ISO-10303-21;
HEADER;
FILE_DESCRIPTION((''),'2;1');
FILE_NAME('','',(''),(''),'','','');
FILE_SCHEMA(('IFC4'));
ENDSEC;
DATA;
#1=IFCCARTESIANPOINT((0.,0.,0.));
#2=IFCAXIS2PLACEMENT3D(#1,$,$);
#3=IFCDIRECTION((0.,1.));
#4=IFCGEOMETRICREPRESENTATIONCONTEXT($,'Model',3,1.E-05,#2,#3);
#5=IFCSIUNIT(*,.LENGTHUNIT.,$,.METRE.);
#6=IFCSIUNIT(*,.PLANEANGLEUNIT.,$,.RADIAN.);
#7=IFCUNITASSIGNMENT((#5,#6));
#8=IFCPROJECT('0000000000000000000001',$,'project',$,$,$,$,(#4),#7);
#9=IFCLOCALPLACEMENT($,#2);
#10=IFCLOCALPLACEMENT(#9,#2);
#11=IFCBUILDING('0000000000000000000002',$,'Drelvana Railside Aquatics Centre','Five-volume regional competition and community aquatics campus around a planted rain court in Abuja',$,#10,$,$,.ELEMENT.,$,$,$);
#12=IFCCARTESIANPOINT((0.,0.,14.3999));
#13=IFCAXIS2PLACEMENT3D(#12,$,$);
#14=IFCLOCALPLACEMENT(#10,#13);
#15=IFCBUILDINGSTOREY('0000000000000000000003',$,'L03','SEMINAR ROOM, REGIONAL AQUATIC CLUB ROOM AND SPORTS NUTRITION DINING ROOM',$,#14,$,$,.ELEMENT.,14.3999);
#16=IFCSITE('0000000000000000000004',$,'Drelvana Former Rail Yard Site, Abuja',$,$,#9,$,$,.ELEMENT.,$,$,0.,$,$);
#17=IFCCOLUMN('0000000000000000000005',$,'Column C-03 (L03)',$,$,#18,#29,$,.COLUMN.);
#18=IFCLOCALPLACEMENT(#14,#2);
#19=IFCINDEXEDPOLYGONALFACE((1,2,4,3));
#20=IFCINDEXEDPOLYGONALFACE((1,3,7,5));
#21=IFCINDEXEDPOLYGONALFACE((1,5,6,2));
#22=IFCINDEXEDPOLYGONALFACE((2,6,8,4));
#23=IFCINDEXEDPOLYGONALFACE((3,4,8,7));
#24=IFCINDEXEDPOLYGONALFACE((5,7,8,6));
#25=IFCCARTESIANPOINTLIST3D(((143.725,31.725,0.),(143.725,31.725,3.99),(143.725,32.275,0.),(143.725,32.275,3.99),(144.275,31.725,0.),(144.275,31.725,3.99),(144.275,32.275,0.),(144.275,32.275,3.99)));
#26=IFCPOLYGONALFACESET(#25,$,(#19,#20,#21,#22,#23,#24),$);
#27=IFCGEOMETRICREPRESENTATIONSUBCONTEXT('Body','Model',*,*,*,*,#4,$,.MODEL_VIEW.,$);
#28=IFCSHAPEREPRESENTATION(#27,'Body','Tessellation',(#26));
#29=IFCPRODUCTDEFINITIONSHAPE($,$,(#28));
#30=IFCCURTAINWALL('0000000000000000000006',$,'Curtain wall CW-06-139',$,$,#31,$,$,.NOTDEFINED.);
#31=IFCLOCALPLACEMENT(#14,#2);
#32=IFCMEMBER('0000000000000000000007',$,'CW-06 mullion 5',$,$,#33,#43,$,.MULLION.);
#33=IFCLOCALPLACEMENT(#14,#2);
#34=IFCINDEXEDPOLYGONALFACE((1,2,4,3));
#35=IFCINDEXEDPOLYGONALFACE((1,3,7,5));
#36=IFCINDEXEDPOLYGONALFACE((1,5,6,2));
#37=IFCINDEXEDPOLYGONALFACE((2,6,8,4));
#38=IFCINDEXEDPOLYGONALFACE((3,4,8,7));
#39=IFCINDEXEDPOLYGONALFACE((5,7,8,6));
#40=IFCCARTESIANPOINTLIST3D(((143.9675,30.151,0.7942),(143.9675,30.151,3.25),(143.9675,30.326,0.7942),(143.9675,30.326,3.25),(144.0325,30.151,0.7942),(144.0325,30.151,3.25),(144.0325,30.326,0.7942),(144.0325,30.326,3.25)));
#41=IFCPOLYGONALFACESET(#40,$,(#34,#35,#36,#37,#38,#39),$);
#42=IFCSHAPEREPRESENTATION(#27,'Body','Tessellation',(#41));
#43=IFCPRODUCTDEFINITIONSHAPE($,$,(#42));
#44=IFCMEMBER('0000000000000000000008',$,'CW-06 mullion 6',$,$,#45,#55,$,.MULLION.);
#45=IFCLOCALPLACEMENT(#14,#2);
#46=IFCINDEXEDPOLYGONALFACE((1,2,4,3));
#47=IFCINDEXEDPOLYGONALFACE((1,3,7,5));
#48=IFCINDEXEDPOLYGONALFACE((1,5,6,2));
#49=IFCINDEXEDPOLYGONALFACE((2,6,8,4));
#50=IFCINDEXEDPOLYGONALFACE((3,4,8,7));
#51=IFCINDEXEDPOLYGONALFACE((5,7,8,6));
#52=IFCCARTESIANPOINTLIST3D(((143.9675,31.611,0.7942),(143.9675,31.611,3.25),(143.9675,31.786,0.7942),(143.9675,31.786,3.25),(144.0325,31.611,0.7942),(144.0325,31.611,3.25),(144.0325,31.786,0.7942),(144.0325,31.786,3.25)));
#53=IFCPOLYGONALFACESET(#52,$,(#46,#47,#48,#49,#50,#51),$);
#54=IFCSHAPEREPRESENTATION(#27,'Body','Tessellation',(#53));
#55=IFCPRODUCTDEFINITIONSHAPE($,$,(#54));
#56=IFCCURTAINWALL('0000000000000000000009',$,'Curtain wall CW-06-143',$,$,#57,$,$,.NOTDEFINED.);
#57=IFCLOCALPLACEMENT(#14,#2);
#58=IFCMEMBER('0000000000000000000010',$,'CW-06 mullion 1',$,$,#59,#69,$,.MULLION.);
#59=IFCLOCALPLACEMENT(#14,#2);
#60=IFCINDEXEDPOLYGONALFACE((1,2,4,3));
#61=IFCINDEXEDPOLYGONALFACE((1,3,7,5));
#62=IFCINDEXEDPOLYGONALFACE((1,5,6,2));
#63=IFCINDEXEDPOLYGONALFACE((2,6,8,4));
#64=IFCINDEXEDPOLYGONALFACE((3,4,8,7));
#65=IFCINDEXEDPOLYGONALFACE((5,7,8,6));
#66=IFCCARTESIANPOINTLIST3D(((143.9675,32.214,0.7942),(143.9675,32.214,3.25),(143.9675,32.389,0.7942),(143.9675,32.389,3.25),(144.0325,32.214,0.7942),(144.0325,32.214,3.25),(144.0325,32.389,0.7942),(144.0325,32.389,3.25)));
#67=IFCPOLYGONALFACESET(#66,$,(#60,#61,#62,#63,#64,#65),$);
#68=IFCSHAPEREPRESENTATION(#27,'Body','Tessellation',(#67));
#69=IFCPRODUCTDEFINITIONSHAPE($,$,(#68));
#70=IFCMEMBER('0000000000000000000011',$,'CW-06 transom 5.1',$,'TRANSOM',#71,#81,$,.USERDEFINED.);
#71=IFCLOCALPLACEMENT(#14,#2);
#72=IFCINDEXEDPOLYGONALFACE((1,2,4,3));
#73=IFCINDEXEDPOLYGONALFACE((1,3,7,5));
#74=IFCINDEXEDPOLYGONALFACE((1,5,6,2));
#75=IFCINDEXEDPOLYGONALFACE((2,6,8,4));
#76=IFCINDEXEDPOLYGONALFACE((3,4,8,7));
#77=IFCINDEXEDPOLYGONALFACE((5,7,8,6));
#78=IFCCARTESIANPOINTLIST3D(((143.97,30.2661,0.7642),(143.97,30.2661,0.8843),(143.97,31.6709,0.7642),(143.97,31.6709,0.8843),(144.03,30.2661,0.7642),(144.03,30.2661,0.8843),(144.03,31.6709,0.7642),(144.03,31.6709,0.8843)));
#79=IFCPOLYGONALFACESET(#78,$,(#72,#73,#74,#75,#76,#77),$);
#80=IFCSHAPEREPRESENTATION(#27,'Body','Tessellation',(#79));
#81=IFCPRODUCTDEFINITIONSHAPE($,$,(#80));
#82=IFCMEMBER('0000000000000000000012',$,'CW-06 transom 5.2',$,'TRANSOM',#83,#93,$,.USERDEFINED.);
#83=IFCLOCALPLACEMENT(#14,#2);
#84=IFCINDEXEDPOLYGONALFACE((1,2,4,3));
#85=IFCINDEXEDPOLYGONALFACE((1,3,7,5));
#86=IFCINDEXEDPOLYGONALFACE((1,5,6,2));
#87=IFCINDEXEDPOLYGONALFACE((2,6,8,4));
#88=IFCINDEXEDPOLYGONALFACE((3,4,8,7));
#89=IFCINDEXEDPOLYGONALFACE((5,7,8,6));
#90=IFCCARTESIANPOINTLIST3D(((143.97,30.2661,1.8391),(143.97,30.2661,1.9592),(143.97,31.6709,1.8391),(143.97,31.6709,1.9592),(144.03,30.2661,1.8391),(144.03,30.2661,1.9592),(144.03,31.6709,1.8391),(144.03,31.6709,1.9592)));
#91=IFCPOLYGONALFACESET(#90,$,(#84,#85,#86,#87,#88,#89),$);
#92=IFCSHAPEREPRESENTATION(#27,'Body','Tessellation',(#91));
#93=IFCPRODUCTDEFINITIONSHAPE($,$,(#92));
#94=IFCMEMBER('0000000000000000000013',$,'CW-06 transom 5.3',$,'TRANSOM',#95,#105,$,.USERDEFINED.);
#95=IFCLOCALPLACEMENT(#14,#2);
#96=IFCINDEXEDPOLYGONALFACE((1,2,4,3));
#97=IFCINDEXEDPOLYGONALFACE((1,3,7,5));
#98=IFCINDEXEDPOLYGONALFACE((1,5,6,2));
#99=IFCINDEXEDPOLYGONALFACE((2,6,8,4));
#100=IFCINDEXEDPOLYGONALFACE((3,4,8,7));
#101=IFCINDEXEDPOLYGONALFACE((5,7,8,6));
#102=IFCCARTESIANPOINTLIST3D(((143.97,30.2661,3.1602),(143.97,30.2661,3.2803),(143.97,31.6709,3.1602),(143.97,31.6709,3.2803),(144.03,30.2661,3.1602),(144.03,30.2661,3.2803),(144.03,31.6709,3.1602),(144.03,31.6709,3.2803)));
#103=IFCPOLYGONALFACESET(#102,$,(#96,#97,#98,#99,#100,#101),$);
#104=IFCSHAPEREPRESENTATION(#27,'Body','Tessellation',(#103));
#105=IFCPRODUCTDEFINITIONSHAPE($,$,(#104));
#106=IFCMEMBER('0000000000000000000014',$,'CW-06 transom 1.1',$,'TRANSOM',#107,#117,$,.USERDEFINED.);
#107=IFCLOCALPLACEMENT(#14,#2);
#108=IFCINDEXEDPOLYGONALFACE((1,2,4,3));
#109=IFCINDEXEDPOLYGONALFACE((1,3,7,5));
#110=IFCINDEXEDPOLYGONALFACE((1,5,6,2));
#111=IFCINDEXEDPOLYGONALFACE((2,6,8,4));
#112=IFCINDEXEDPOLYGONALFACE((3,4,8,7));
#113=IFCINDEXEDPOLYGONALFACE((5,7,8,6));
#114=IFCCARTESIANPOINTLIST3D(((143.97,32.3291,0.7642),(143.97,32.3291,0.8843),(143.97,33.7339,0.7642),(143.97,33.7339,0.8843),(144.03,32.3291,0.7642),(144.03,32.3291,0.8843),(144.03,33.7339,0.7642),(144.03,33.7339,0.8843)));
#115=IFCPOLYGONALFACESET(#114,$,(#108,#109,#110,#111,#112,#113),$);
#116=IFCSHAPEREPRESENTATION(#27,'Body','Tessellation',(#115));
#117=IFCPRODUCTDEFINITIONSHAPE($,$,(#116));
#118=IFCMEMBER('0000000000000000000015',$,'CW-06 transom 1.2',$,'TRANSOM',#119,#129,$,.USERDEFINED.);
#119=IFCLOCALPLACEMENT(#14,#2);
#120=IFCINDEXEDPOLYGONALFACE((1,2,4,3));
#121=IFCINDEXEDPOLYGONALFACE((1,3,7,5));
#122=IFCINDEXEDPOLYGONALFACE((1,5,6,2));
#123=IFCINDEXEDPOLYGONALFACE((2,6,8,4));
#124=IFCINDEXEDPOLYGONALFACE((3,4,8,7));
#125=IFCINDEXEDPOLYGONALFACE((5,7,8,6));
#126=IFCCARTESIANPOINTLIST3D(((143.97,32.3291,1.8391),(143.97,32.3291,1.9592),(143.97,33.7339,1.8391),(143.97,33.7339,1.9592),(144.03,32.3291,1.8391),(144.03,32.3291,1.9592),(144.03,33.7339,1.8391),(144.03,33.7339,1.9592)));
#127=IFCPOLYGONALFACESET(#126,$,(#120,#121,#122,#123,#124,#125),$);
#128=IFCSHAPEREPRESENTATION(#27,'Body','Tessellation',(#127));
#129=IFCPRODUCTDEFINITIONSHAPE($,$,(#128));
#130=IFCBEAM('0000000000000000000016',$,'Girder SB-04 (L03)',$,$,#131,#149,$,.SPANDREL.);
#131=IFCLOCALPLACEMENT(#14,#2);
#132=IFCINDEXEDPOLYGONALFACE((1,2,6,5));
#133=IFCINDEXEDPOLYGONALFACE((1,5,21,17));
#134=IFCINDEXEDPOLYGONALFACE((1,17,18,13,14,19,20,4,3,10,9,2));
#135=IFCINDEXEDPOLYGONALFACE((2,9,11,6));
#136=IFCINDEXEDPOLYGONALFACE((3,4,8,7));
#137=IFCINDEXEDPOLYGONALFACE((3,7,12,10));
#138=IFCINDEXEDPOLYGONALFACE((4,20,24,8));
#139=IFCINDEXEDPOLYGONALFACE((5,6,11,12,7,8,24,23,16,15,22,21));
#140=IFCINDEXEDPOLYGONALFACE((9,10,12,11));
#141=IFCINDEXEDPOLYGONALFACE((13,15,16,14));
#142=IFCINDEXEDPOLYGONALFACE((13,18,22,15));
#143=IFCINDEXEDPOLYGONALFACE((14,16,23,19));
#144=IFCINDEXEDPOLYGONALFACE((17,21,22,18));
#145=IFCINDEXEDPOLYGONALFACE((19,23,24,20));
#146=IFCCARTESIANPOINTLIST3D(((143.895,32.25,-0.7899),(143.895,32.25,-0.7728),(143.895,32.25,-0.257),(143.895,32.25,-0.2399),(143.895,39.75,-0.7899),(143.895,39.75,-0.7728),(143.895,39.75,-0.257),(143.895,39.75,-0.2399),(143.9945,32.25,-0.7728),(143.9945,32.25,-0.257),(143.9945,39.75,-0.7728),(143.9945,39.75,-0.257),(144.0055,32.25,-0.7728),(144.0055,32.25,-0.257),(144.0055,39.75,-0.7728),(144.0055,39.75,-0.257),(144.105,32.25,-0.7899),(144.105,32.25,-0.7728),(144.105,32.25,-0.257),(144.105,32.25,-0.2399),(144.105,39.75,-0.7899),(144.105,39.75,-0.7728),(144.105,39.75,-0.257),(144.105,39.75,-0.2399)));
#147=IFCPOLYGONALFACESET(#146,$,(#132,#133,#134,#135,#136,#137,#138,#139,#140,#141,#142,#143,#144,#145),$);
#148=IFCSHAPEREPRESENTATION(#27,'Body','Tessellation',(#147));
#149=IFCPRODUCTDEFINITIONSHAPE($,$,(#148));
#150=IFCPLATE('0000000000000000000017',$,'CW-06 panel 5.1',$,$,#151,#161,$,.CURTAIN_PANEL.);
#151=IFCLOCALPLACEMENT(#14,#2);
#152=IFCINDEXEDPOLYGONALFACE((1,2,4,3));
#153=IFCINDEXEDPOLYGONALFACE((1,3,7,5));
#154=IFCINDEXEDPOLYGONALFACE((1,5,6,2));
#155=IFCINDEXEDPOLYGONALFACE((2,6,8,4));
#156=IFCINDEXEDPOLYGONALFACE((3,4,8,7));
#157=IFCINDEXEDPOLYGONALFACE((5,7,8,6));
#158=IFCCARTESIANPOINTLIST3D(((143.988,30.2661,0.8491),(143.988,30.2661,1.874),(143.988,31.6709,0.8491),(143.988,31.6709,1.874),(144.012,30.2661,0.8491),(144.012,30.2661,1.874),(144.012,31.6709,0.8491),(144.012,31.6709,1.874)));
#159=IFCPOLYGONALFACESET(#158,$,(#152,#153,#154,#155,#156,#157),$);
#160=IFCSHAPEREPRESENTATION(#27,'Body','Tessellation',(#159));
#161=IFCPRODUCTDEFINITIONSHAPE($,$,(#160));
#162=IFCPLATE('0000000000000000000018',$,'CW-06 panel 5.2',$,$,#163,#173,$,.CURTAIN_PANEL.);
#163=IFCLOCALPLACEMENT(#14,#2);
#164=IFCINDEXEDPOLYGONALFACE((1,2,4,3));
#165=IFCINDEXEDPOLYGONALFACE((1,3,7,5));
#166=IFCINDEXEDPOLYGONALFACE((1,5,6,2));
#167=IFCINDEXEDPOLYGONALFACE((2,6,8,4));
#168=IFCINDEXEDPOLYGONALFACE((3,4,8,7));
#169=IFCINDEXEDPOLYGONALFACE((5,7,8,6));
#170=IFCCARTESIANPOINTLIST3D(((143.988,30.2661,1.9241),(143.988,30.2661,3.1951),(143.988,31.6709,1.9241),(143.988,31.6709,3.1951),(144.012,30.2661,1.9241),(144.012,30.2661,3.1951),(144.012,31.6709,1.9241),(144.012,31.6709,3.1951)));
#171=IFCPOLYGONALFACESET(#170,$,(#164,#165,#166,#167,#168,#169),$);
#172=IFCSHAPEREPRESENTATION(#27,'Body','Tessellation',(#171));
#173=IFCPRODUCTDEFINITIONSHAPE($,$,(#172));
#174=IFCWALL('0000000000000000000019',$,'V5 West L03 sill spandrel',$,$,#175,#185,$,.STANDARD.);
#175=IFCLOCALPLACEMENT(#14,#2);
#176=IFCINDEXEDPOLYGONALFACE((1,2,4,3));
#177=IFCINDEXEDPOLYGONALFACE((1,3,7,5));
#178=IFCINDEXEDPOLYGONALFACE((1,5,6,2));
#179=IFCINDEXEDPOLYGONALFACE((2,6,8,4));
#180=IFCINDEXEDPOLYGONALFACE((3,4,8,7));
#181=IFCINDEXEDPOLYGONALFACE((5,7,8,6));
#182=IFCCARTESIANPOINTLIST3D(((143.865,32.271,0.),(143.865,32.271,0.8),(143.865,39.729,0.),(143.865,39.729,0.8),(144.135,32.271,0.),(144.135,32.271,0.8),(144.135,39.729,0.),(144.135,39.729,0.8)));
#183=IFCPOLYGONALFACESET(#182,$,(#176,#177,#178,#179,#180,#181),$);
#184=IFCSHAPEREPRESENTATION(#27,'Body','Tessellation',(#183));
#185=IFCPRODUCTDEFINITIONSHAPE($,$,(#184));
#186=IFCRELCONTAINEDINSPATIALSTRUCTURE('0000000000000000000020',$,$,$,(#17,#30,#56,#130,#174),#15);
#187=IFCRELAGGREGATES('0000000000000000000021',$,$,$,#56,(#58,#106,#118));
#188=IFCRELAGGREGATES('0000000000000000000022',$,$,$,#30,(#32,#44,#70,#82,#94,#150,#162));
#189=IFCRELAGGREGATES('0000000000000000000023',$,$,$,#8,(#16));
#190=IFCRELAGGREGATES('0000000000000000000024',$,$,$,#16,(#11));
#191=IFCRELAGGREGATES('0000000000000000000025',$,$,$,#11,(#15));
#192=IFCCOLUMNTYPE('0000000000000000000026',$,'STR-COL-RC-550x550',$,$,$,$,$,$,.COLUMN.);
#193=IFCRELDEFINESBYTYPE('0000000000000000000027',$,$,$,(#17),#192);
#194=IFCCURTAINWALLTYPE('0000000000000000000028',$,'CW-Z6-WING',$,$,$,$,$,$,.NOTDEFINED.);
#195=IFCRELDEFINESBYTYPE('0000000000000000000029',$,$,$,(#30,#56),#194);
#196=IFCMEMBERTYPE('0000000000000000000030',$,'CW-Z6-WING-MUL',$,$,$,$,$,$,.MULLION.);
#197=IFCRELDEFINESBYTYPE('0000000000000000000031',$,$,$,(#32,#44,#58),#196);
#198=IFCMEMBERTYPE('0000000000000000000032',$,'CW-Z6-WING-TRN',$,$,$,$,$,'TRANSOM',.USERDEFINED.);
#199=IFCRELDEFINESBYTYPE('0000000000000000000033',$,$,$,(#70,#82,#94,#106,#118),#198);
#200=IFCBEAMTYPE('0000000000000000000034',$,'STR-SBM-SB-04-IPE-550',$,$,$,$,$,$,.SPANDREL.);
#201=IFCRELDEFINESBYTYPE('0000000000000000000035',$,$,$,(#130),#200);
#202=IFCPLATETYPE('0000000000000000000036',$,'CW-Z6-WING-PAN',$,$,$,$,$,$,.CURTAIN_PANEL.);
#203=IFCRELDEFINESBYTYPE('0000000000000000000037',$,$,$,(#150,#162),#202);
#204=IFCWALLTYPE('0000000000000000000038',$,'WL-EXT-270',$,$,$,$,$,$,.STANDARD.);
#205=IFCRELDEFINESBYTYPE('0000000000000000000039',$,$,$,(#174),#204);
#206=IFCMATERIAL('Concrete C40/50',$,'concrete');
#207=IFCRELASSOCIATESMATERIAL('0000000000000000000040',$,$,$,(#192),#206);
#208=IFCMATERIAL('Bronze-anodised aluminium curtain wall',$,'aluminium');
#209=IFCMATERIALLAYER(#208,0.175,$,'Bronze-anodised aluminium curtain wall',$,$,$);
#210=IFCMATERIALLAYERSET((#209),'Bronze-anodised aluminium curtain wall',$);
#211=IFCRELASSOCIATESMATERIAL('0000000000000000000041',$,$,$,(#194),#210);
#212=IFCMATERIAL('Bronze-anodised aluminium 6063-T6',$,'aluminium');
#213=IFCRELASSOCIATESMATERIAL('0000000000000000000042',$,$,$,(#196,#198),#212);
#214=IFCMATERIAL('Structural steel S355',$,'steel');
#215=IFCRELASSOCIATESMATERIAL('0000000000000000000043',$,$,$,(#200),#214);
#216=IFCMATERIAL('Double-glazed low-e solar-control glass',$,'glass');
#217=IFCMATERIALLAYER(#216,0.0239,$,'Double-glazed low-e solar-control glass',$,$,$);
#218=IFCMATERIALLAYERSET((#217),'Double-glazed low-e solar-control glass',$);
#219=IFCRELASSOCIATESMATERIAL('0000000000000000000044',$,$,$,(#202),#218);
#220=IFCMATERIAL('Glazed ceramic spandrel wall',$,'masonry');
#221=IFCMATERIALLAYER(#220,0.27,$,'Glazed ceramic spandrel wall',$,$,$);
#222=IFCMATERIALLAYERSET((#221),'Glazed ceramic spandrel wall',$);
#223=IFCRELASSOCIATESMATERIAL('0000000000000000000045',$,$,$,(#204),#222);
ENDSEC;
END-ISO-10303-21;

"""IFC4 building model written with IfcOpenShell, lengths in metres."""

from ifc_helpers import new_model, si_unit, direction, frame, frame_2d, origin, origin_2d, place, context, subcontext, project, spatial, rectangle, i_section, extrude, material, layer, layer_set, material_profile, profile_set, type_object, element, aggregate, save


model = new_model("IFC4")

# Units and contexts
model_context = context("Model", 3, precision=1e-05, world=origin(), true_north=direction((0.0, 1.0)))
body_context = subcontext(model_context, "Body", "Model", "MODEL_VIEW")
ifc_project = project(units=[si_unit("LENGTHUNIT", "METRE"), si_unit("PLANEANGLEUNIT", "RADIAN")], contexts=[model_context])

# Site, building, storey
site_placement = place(None, origin())
site = spatial("IfcSite", under=ifc_project, at=site_placement, Name="Drelvana Former Rail Yard Site, Abuja", CompositionType="ELEMENT", RefElevation=0.0)
building_placement = place(site_placement, origin())
building = spatial("IfcBuilding", under=site, at=building_placement, Name="Drelvana Railside Aquatics Centre", Description="Five-volume regional competition and community aquatics campus around a planted rain court in Abuja", CompositionType="ELEMENT")
storey_placement = place(building_placement, frame((0.0, 0.0, 14.3999)))
storey = spatial("IfcBuildingStorey", under=building, at=storey_placement, Name="L03", Description="SEMINAR ROOM, REGIONAL AQUATIC CLUB ROOM AND SPORTS NUTRITION DINING ROOM", CompositionType="ELEMENT", Elevation=14.3999)

# Column
ifc_material_1 = material(Name="Concrete C40/50", Category="concrete")
ifc_material_profile_1 = material_profile(ifc_material_1, rectangle(XDim=0.55, YDim=0.55, at=origin_2d()), Name="RC 550x550")
ifc_profile_set_1 = profile_set([ifc_material_profile_1], Name="Concrete C40/50")
column_type = type_object("IfcColumnType", Name="STR-COL-RC-550x550", PredefinedType="COLUMN", material=ifc_profile_set_1)
column_placement = place(storey_placement, frame((144.0, 32.0, 0.0), z_axis=(0.0, 0.0, 1.0), x_axis=(1.0, 0.0, 0.0)))
element("IfcColumn", 1, at=column_placement, inside=storey, type_object=column_type, Name="Column C-03 (L03)", PredefinedType="COLUMN", context=body_context, shape_type="SweptSolid", body=[
    extrude(rectangle(XDim=0.55, YDim=0.55, at=origin_2d()), origin(), (0.0, 0.0, 1.0), 3.99),
])

# Curtain wall, members
ifc_material_2 = material(Name="Bronze-anodised aluminium curtain wall", Category="aluminium")
ifc_layer_1 = layer(ifc_material_2, 0.175, Name="Bronze-anodised aluminium curtain wall")
ifc_layer_set_1 = layer_set([ifc_layer_1], Name="Bronze-anodised aluminium curtain wall")
curtain_wall_type = type_object("IfcCurtainWallType", Name="CW-Z6-WING", PredefinedType="NOTDEFINED", material=ifc_layer_set_1)
curtain_wall_1_placement = place(storey_placement, origin())
curtain_wall_1 = element("IfcCurtainWall", 2, at=curtain_wall_1_placement, inside=storey, type_object=curtain_wall_type, Name="Curtain wall CW-06-139", PredefinedType="NOTDEFINED")
ifc_material_3 = material(Name="Bronze-anodised aluminium 6063-T6", Category="aluminium")
ifc_material_profile_2 = material_profile(ifc_material_3, rectangle(XDim=0.0649, YDim=0.175, at=origin_2d()), Name="ALU-M 65x175")
ifc_profile_set_2 = profile_set([ifc_material_profile_2], Name="Bronze-anodised aluminium 6063-T6")
member_type_1 = type_object("IfcMemberType", Name="CW-Z6-WING-MUL", PredefinedType="MULLION", material=ifc_profile_set_2)
member_1_placement = place(storey_placement, frame((144.0, 30.2385, 0.7942), z_axis=(0.0, 0.0, 1.0), x_axis=(-1.0, 0.0, 0.0)))
member_1 = element("IfcMember", 3, at=member_1_placement, type_object=member_type_1, Name="CW-06 mullion 5", PredefinedType="MULLION", context=body_context, shape_type="SweptSolid", body=[
    extrude(rectangle(XDim=0.0649, YDim=0.175, at=origin_2d()), origin(), (0.0, 0.0, 1.0), 2.4558),
])
member_2_placement = place(storey_placement, frame((144.0, 31.6985, 0.7942), z_axis=(0.0, 0.0, 1.0), x_axis=(-1.0, 0.0, 0.0)))
member_2 = element("IfcMember", 4, at=member_2_placement, type_object=member_type_1, Name="CW-06 mullion 6", PredefinedType="MULLION", context=body_context, shape_type="SweptSolid", body=[
    extrude(rectangle(XDim=0.0649, YDim=0.175, at=origin_2d()), origin(), (0.0, 0.0, 1.0), 2.4558),
])

# Curtain wall, member
curtain_wall_2_placement = place(storey_placement, origin())
curtain_wall_2 = element("IfcCurtainWall", 5, at=curtain_wall_2_placement, inside=storey, type_object=curtain_wall_type, Name="Curtain wall CW-06-143", PredefinedType="NOTDEFINED")
member_3_placement = place(storey_placement, frame((144.0, 32.3015, 0.7942), z_axis=(0.0, 0.0, 1.0), x_axis=(-1.0, 0.0, 0.0)))
member_3 = element("IfcMember", 6, at=member_3_placement, type_object=member_type_1, Name="CW-06 mullion 1", PredefinedType="MULLION", context=body_context, shape_type="SweptSolid", body=[
    extrude(rectangle(XDim=0.0649, YDim=0.175, at=origin_2d()), origin(), (0.0, 0.0, 1.0), 2.4558),
])

# Members
ifc_material_profile_3 = material_profile(ifc_material_3, rectangle(XDim=0.1201, YDim=0.0601, at=origin_2d()), Name="ALU-T 60x120")
ifc_profile_set_3 = profile_set([ifc_material_profile_3], Name="Bronze-anodised aluminium 6063-T6")
member_type_2 = type_object("IfcMemberType", Name="CW-Z6-WING-TRN", ElementType="TRANSOM", PredefinedType="USERDEFINED", material=ifc_profile_set_3)
member_4_placement = place(storey_placement, frame((144.0, 30.2661, 0.8242), z_axis=(0.0, 1.0, 0.0), x_axis=(0.0, 0.0, 1.0)))
member_4 = element("IfcMember", 7, at=member_4_placement, type_object=member_type_2, Name="CW-06 transom 5.1", ObjectType="TRANSOM", PredefinedType="USERDEFINED", context=body_context, shape_type="SweptSolid", body=[
    extrude(rectangle(XDim=0.1201, YDim=0.0601, at=origin_2d()), origin(), (0.0, 0.0, 1.0), 1.4048),
])
member_5_placement = place(storey_placement, frame((144.0, 30.2661, 1.8992), z_axis=(0.0, 1.0, 0.0), x_axis=(0.0, 0.0, 1.0)))
member_5 = element("IfcMember", 8, at=member_5_placement, type_object=member_type_2, Name="CW-06 transom 5.2", ObjectType="TRANSOM", PredefinedType="USERDEFINED", context=body_context, shape_type="SweptSolid", body=[
    extrude(rectangle(XDim=0.1201, YDim=0.0601, at=origin_2d()), origin(), (0.0, 0.0, 1.0), 1.4048),
])
member_6_placement = place(storey_placement, frame((144.0, 30.2661, 3.2202), z_axis=(0.0, 1.0, 0.0), x_axis=(0.0, 0.0, 1.0)))
member_6 = element("IfcMember", 9, at=member_6_placement, type_object=member_type_2, Name="CW-06 transom 5.3", ObjectType="TRANSOM", PredefinedType="USERDEFINED", context=body_context, shape_type="SweptSolid", body=[
    extrude(rectangle(XDim=0.1201, YDim=0.0601, at=origin_2d()), origin(), (0.0, 0.0, 1.0), 1.4048),
])
member_7_placement = place(storey_placement, frame((144.0, 32.3291, 0.8242), z_axis=(0.0, 1.0, 0.0), x_axis=(0.0, 0.0, 1.0)))
member_7 = element("IfcMember", 10, at=member_7_placement, type_object=member_type_2, Name="CW-06 transom 1.1", ObjectType="TRANSOM", PredefinedType="USERDEFINED", context=body_context, shape_type="SweptSolid", body=[
    extrude(rectangle(XDim=0.1201, YDim=0.0601, at=origin_2d()), origin(), (0.0, 0.0, 1.0), 1.4048),
])
member_8_placement = place(storey_placement, frame((144.0, 32.3291, 1.8992), z_axis=(0.0, 1.0, 0.0), x_axis=(0.0, 0.0, 1.0)))
member_8 = element("IfcMember", 11, at=member_8_placement, type_object=member_type_2, Name="CW-06 transom 1.2", ObjectType="TRANSOM", PredefinedType="USERDEFINED", context=body_context, shape_type="SweptSolid", body=[
    extrude(rectangle(XDim=0.1201, YDim=0.0601, at=origin_2d()), origin(), (0.0, 0.0, 1.0), 1.4048),
])
aggregate(curtain_wall_2, [member_3, member_7, member_8])

# Beam
ifc_material_4 = material(Name="Structural steel S355", Category="steel")
ifc_material_profile_4 = material_profile(ifc_material_4, i_section(OverallWidth=0.21, OverallDepth=0.55, WebThickness=0.011, FlangeThickness=0.0171, at=origin_2d()), Name="IPE 550")
ifc_profile_set_4 = profile_set([ifc_material_profile_4], Name="Structural steel S355")
beam_type = type_object("IfcBeamType", Name="STR-SBM-SB-04-IPE-550", PredefinedType="SPANDREL", material=ifc_profile_set_4)
beam_placement = place(storey_placement, frame((144.0, 32.25, -0.5149), z_axis=(0.0, 1.0, 0.0), x_axis=(-1.0, 0.0, 0.0)))
element("IfcBeam", 12, at=beam_placement, inside=storey, type_object=beam_type, Name="Girder SB-04 (L03)", PredefinedType="SPANDREL", context=body_context, shape_type="SweptSolid", body=[
    extrude(i_section(OverallWidth=0.21, OverallDepth=0.55, WebThickness=0.011, FlangeThickness=0.0171, at=origin_2d()), origin(), (0.0, 0.0, 1.0), 7.5),
])

# Plates
ifc_material_5 = material(Name="Double-glazed low-e solar-control glass", Category="glass")
ifc_layer_2 = layer(ifc_material_5, 0.0239, Name="Double-glazed low-e solar-control glass")
ifc_layer_set_2 = layer_set([ifc_layer_2], Name="Double-glazed low-e solar-control glass")
plate_type = type_object("IfcPlateType", Name="CW-Z6-WING-PAN", PredefinedType="CURTAIN_PANEL", material=ifc_layer_set_2)
plate_1_placement = place(storey_placement, frame((144.0, 30.9685, 0.8491), z_axis=(0.0, 0.0, 1.0), x_axis=(0.0, 1.0, 0.0)))
plate_1 = element("IfcPlate", 13, at=plate_1_placement, type_object=plate_type, Name="CW-06 panel 5.1", PredefinedType="CURTAIN_PANEL", context=body_context, shape_type="SweptSolid", body=[
    extrude(rectangle(XDim=1.4048, YDim=0.0239, at=origin_2d()), origin(), (0.0, 0.0, 1.0), 1.0249),
])
plate_2_placement = place(storey_placement, frame((144.0, 30.9685, 1.9241), z_axis=(0.0, 0.0, 1.0), x_axis=(0.0, 1.0, 0.0)))
plate_2 = element("IfcPlate", 14, at=plate_2_placement, type_object=plate_type, Name="CW-06 panel 5.2", PredefinedType="CURTAIN_PANEL", context=body_context, shape_type="SweptSolid", body=[
    extrude(rectangle(XDim=1.4048, YDim=0.0239, at=origin_2d()), origin(), (0.0, 0.0, 1.0), 1.271),
])
aggregate(curtain_wall_1, [member_1, member_2, member_4, member_5, member_6, plate_1, plate_2])

# Wall
ifc_material_6 = material(Name="Glazed ceramic spandrel wall", Category="masonry")
ifc_layer_3 = layer(ifc_material_6, 0.27, Name="Glazed ceramic spandrel wall")
ifc_layer_set_3 = layer_set([ifc_layer_3], Name="Glazed ceramic spandrel wall")
wall_type = type_object("IfcWallType", Name="WL-EXT-270", PredefinedType="STANDARD", material=ifc_layer_set_3)
wall_placement = place(storey_placement, frame((144.0, 32.271, 0.0), z_axis=(0.0, 0.0, 1.0), x_axis=(0.0, 1.0, 0.0)))
element("IfcWall", 15, at=wall_placement, inside=storey, type_object=wall_type, Name="V5 West L03 sill spandrel", PredefinedType="STANDARD", context=body_context, shape_type="SweptSolid", body=[
    extrude(rectangle(XDim=7.458, YDim=0.27, at=frame_2d((3.729, 0.0))), origin(), (0.0, 0.0, 1.0), 0.8),
])

save(model, "model.ifc")
